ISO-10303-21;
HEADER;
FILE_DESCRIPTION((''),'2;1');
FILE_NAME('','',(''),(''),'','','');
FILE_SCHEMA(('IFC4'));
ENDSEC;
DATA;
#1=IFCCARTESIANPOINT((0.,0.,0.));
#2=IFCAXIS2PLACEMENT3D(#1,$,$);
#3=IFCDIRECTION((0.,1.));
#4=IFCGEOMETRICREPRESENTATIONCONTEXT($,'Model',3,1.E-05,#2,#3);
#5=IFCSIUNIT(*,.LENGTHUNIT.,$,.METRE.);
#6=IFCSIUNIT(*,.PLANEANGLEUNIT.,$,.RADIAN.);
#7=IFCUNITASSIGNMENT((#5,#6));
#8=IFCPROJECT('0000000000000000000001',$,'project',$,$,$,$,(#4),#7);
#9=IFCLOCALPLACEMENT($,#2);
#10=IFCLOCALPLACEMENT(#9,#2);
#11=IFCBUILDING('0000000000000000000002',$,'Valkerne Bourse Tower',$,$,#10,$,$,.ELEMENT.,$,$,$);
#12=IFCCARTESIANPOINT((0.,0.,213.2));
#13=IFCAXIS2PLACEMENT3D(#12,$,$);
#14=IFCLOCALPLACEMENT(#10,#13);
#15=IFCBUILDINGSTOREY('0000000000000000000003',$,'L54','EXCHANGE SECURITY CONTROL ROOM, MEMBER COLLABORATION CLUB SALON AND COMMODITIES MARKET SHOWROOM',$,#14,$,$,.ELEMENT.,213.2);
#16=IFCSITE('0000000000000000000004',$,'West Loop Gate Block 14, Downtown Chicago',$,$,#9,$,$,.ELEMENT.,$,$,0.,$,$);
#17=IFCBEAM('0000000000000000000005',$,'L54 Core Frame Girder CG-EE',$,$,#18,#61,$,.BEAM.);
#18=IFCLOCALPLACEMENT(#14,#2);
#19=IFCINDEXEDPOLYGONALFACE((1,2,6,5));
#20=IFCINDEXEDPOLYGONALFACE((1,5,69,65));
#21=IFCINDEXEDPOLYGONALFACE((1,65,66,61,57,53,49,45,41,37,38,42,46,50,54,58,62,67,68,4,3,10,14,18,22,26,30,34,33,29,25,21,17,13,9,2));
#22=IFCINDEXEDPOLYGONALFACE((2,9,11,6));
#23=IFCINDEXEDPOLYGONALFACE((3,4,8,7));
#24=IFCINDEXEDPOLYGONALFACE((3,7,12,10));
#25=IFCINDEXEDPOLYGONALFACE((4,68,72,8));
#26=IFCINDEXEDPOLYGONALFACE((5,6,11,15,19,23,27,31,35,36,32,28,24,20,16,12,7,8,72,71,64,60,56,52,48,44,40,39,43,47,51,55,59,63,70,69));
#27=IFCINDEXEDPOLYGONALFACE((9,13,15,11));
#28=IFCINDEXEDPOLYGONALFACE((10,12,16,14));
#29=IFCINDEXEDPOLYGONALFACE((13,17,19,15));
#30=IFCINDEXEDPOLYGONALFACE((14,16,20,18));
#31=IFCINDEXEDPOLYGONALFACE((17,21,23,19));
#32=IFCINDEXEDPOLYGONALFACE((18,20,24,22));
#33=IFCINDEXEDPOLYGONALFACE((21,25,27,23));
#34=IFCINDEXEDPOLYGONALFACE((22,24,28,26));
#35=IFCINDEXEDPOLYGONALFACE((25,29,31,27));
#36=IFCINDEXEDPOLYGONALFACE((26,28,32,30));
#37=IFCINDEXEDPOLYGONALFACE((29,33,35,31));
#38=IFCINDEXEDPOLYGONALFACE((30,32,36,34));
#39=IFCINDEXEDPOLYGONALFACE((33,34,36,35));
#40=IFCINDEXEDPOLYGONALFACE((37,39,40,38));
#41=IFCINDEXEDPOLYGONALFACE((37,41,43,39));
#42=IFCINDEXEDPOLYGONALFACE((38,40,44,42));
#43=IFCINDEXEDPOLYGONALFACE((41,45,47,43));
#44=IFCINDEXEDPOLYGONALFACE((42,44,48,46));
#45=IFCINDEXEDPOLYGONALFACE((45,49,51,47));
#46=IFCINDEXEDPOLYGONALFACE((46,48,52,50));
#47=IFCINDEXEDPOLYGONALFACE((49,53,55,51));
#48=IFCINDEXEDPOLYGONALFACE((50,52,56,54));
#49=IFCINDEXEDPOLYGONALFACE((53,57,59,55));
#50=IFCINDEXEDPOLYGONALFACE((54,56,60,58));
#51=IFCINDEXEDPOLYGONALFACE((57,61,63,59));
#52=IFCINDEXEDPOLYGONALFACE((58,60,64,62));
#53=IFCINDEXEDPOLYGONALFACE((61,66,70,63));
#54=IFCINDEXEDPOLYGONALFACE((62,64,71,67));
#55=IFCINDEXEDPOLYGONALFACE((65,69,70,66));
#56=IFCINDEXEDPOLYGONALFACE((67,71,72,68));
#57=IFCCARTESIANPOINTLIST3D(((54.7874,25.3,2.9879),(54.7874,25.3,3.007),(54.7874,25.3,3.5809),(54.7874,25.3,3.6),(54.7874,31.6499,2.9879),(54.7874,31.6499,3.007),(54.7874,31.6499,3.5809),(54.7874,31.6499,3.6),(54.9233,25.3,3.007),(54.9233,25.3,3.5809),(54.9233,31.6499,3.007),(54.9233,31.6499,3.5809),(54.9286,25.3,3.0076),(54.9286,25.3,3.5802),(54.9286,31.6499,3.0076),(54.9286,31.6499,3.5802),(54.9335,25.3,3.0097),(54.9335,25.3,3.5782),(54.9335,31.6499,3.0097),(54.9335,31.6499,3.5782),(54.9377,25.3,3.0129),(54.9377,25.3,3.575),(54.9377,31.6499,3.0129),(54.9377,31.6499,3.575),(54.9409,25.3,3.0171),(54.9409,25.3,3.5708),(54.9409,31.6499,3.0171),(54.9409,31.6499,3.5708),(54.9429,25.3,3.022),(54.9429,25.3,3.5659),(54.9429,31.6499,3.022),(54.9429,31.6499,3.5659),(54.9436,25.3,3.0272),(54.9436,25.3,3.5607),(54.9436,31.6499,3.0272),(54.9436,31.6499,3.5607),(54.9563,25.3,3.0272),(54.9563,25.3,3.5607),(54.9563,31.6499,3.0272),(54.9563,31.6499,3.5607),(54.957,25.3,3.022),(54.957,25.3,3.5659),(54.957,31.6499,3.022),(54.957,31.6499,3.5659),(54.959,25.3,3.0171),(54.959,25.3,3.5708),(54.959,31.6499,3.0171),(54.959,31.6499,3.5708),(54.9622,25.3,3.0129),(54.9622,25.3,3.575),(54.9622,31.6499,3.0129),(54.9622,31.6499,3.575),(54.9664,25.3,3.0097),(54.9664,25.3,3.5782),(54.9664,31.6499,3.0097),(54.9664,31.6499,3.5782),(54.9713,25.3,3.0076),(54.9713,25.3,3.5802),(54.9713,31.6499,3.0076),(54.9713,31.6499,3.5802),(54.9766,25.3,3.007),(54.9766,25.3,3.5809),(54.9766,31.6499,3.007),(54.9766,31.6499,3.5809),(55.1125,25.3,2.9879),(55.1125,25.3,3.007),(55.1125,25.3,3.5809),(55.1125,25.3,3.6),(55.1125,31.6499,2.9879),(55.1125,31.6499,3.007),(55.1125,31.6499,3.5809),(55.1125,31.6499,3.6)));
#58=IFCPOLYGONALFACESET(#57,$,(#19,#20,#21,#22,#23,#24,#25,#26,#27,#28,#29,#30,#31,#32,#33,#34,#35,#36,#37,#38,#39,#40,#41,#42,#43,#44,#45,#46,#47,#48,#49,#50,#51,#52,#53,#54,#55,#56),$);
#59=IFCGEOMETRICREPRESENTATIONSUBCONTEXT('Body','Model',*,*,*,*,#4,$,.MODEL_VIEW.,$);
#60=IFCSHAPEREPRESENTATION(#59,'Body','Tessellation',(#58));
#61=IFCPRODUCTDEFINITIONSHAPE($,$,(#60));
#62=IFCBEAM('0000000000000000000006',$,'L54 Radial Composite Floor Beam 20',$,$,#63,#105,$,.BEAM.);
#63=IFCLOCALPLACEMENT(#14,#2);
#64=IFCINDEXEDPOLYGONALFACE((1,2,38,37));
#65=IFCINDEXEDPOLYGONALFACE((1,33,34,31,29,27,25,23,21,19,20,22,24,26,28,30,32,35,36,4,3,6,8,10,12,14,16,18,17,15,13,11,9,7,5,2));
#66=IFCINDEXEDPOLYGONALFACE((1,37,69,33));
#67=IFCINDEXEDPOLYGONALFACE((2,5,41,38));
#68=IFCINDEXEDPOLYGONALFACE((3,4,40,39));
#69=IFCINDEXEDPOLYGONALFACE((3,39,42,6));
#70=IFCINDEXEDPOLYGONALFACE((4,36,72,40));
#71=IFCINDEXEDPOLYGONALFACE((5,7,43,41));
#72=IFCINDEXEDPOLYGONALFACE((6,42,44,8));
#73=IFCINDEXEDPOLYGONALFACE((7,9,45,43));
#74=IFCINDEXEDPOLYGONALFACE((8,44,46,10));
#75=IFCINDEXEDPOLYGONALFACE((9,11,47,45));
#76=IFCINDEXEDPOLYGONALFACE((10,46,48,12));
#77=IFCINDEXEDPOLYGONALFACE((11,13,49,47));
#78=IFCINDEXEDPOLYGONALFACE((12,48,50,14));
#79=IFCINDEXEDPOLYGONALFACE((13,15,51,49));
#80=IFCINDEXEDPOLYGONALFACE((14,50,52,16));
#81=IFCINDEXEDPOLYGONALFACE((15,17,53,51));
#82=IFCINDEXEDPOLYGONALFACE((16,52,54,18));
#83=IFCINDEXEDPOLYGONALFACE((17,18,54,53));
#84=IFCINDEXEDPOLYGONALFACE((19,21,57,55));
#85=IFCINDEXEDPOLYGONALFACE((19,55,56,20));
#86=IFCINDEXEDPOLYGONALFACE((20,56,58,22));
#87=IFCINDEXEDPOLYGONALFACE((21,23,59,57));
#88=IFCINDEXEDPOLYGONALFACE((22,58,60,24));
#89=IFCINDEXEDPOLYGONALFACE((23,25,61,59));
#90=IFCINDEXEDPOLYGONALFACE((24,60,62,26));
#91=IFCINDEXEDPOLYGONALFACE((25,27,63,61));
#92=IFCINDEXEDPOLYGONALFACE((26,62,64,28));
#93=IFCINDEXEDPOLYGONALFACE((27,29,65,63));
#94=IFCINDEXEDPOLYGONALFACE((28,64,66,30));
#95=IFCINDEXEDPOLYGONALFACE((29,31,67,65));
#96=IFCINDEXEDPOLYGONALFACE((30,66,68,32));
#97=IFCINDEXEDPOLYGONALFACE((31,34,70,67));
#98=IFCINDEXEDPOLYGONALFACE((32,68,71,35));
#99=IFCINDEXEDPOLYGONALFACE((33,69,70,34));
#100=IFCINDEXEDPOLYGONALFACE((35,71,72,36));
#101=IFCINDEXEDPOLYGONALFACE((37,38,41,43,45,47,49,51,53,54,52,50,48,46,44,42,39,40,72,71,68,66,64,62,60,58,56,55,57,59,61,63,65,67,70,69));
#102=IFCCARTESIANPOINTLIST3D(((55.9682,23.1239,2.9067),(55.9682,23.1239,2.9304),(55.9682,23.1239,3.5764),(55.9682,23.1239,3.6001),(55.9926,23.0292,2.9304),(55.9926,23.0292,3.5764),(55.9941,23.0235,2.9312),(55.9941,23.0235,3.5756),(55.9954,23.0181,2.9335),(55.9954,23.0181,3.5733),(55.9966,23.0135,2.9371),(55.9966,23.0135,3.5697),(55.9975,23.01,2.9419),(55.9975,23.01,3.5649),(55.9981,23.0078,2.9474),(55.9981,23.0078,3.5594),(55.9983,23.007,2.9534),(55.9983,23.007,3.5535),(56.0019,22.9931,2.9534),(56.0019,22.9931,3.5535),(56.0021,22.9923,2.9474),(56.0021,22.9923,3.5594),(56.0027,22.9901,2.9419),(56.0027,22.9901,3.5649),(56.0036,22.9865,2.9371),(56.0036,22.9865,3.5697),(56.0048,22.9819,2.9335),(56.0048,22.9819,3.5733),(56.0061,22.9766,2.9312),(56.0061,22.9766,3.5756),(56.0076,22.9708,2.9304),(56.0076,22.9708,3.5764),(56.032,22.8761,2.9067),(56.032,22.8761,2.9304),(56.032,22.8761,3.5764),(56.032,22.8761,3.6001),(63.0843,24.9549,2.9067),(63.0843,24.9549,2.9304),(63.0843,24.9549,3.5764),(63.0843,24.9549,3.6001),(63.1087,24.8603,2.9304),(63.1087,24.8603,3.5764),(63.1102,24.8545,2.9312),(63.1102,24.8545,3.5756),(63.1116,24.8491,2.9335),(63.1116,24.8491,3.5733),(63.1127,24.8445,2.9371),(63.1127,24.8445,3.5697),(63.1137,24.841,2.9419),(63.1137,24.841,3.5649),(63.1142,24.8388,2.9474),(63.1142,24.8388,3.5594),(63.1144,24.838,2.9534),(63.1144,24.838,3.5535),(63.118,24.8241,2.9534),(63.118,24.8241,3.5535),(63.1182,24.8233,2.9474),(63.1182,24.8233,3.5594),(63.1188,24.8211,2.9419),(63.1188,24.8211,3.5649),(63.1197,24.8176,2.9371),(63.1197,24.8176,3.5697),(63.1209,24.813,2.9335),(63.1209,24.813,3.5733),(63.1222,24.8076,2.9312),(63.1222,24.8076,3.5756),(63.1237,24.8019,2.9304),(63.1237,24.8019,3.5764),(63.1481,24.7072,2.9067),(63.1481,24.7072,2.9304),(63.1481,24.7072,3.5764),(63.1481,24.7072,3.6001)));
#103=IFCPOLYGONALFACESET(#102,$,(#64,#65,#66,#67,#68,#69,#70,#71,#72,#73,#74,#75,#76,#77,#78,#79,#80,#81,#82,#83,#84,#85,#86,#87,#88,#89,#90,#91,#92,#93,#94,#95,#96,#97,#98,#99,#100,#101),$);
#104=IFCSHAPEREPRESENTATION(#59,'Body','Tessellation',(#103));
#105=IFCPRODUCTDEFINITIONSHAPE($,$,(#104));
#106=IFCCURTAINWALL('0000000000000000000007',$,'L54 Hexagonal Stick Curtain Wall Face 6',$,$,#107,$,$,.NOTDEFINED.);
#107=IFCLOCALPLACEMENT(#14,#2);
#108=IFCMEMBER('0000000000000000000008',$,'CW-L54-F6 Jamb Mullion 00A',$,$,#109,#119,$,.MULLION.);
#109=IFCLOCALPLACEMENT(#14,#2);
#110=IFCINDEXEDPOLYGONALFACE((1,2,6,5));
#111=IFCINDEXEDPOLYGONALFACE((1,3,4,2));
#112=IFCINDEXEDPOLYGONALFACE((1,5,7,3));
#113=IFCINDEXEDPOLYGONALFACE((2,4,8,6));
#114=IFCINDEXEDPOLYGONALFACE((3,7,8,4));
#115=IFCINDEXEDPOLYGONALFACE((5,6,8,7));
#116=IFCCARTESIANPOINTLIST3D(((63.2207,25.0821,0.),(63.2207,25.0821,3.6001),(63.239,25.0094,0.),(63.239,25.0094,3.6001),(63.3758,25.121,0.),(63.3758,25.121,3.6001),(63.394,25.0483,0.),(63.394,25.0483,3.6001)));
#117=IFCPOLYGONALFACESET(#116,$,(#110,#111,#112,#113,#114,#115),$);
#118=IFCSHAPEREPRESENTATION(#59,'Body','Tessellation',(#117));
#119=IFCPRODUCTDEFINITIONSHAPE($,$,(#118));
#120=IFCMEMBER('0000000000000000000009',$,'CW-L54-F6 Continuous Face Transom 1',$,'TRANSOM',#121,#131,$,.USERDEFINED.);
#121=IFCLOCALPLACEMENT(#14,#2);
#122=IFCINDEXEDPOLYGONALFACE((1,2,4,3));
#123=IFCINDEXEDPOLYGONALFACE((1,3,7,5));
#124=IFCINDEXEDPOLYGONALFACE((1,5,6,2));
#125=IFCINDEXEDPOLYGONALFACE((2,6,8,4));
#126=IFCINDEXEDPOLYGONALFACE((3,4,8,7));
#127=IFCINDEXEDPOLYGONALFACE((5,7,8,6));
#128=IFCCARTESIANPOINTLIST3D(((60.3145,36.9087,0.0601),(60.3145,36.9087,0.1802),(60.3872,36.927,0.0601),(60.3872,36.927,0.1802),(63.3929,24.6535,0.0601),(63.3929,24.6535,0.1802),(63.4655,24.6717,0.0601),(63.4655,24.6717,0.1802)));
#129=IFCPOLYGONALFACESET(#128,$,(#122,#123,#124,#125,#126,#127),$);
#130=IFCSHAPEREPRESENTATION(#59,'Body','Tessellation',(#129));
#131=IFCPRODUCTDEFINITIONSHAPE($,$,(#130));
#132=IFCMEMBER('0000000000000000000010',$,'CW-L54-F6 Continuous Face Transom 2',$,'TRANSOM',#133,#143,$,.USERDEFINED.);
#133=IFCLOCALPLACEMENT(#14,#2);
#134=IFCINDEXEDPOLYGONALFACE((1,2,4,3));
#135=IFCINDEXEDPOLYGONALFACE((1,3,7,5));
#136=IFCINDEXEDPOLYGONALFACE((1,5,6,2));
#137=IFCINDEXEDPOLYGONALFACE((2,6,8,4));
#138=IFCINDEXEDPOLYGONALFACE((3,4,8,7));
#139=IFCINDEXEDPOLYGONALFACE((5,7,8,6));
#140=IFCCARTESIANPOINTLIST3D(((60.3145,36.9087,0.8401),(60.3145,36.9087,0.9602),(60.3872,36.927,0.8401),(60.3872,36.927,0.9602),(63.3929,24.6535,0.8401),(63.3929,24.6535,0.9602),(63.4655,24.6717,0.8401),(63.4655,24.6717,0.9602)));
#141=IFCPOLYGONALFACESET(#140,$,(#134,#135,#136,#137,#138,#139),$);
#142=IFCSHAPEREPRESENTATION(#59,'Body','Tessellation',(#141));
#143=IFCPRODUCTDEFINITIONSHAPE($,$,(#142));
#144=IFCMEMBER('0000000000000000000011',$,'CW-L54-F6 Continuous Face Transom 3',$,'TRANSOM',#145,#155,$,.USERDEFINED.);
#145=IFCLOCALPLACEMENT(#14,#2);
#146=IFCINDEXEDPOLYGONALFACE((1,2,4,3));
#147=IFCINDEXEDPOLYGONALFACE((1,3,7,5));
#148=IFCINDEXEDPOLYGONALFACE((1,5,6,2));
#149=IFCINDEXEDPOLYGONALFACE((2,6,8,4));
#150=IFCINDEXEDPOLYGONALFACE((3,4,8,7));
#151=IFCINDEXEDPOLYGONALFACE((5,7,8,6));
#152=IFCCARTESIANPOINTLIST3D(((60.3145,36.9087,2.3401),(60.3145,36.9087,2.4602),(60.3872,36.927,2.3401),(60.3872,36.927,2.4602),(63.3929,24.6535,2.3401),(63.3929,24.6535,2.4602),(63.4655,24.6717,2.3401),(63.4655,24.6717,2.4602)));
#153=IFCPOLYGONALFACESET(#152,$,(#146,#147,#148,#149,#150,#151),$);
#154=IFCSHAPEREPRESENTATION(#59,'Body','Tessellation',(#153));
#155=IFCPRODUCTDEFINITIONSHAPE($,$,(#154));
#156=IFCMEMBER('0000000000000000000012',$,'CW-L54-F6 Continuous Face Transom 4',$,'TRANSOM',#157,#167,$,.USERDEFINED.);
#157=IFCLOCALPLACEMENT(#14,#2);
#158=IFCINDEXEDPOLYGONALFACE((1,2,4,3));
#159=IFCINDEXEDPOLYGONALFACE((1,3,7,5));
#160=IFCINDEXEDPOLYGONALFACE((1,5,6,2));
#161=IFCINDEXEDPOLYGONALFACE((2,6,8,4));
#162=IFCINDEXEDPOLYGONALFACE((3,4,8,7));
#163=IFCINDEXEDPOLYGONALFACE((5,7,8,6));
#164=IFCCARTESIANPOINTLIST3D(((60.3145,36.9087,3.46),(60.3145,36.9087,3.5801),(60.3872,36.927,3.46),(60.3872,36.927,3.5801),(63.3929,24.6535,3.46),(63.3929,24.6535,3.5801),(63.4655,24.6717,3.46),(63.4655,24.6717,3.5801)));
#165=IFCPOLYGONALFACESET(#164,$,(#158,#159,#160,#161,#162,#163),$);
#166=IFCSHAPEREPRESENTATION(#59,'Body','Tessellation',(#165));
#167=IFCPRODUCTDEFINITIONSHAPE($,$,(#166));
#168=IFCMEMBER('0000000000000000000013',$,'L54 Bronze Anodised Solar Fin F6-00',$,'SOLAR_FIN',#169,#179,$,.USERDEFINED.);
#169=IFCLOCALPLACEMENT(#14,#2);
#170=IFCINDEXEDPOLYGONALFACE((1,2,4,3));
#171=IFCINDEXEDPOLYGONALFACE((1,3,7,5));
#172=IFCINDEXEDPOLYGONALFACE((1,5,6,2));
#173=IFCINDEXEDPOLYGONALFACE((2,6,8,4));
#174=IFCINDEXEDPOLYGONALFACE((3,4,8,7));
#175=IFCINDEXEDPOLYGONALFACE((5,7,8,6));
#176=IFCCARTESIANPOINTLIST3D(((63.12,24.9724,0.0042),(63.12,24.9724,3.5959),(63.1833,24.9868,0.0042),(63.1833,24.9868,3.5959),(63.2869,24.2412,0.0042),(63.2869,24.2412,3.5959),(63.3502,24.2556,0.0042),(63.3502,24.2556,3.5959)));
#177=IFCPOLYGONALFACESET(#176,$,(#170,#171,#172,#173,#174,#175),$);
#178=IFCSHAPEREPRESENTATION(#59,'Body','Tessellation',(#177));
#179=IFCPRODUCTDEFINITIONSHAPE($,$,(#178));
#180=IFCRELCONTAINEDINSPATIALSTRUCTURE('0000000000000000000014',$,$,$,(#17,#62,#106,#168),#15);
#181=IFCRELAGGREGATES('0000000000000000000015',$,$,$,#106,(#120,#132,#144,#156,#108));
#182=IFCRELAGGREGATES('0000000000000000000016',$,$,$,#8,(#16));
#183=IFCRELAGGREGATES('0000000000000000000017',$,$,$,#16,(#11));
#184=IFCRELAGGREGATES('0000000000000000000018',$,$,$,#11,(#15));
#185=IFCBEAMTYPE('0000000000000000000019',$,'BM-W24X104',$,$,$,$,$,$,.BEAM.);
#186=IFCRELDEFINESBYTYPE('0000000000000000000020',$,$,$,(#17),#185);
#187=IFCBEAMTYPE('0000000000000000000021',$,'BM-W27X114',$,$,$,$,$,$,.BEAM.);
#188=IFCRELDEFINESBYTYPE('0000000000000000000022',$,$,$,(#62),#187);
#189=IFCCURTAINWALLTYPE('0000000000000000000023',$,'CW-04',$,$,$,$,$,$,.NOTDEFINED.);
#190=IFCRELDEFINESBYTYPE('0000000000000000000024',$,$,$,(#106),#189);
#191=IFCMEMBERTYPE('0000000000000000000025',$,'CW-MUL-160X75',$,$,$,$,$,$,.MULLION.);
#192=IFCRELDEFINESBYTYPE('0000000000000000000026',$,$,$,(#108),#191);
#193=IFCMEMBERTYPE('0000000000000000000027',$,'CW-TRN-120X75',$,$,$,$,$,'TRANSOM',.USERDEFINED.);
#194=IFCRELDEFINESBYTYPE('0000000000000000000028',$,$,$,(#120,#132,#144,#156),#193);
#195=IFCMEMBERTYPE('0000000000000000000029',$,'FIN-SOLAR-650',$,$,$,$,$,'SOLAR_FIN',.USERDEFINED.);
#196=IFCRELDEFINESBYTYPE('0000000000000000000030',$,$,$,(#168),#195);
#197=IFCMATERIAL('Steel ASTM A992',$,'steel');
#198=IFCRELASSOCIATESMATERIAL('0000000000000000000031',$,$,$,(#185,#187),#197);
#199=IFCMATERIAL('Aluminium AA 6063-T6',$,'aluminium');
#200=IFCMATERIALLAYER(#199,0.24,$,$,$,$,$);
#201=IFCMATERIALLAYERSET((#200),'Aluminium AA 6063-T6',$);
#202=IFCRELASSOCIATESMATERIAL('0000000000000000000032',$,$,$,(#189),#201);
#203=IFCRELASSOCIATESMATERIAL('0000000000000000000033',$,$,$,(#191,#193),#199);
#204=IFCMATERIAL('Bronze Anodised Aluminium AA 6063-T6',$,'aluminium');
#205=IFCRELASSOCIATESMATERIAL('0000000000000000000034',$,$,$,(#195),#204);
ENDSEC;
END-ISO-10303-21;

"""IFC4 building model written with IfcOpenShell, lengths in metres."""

from ifc_helpers import new_model, si_unit, direction, frame, origin, origin_2d, place, context, subcontext, project, spatial, rectangle, i_section, extrude, material, layer, layer_set, material_profile, profile_set, type_object, element, aggregate, save


model = new_model("IFC4")

# Units and contexts
model_context = context("Model", 3, precision=1e-05, world=origin(), true_north=direction((0.0, 1.0)))
body_context = subcontext(model_context, "Body", "Model", "MODEL_VIEW")
ifc_project = project(units=[si_unit("LENGTHUNIT", "METRE"), si_unit("PLANEANGLEUNIT", "RADIAN")], contexts=[model_context])

# Site, building, storey
site_placement = place(None, origin())
site = spatial("IfcSite", under=ifc_project, at=site_placement, Name="West Loop Gate Block 14, Downtown Chicago", CompositionType="ELEMENT", RefElevation=0.0)
building_placement = place(site_placement, origin())
building = spatial("IfcBuilding", under=site, at=building_placement, Name="Valkerne Bourse Tower", CompositionType="ELEMENT")
storey_placement = place(building_placement, frame((0.0, 0.0, 213.2)))
storey = spatial("IfcBuildingStorey", under=building, at=storey_placement, Name="L54", Description="EXCHANGE SECURITY CONTROL ROOM, MEMBER COLLABORATION CLUB SALON AND COMMODITIES MARKET SHOWROOM", CompositionType="ELEMENT", Elevation=213.2)

# Beams
ifc_material_1 = material(Name="Steel ASTM A992", Category="steel")
ifc_material_profile_1 = material_profile(ifc_material_1, i_section(OverallWidth=0.3252, OverallDepth=0.6121, WebThickness=0.0127, FlangeThickness=0.019, FilletRadius=0.0203, at=origin_2d()), Name="W24X104")
ifc_profile_set_1 = profile_set([ifc_material_profile_1], Name="Steel ASTM A992")
beam_type_1 = type_object("IfcBeamType", Name="BM-W24X104", PredefinedType="BEAM", material=ifc_profile_set_1)
beam_1_placement = place(storey_placement, frame((54.95, 25.3, 3.2939), z_axis=(0.0, 1.0, 0.0), x_axis=(-1.0, 0.0, 0.0)))
element("IfcBeam", 1, at=beam_1_placement, inside=storey, type_object=beam_type_1, Name="L54 Core Frame Girder CG-EE", PredefinedType="BEAM", context=body_context, shape_type="SweptSolid", body=[
    extrude(i_section(OverallWidth=0.3252, OverallDepth=0.6121, WebThickness=0.0127, FlangeThickness=0.019, FilletRadius=0.0203, at=origin_2d()), origin(), (0.0, 0.0, 1.0), 6.3499),
])
ifc_material_profile_2 = material_profile(ifc_material_1, i_section(OverallWidth=0.2559, OverallDepth=0.6934, WebThickness=0.0144, FlangeThickness=0.0237, FilletRadius=0.0229, at=origin_2d()), Name="W27X114")
ifc_profile_set_2 = profile_set([ifc_material_profile_2], Name="Steel ASTM A992")
beam_type_2 = type_object("IfcBeamType", Name="BM-W27X114", PredefinedType="BEAM", material=ifc_profile_set_2)
beam_2_placement = place(storey_placement, frame((63.1162, 24.8311, 3.2534), z_axis=(-0.968454, -0.249191, 0.0), x_axis=(0.249191, -0.968454, 0.0)))
element("IfcBeam", 2, at=beam_2_placement, inside=storey, type_object=beam_type_2, Name="L54 Radial Composite Floor Beam 20", PredefinedType="BEAM", context=body_context, shape_type="SweptSolid", body=[
    extrude(i_section(OverallWidth=0.2559, OverallDepth=0.6934, WebThickness=0.0144, FlangeThickness=0.0237, FilletRadius=0.0229, at=origin_2d()), origin(), (0.0, 0.0, 1.0), 7.3479),
])

# Curtain wall, members
ifc_material_2 = material(Name="Aluminium AA 6063-T6", Category="aluminium")
ifc_layer_1 = layer(ifc_material_2, 0.24)
ifc_layer_set_1 = layer_set([ifc_layer_1], Name="Aluminium AA 6063-T6")
curtain_wall_type = type_object("IfcCurtainWallType", Name="CW-04", PredefinedType="NOTDEFINED", material=ifc_layer_set_1)
curtain_wall_placement = place(storey_placement, origin())
curtain_wall = element("IfcCurtainWall", 3, at=curtain_wall_placement, inside=storey, type_object=curtain_wall_type, Name="L54 Hexagonal Stick Curtain Wall Face 6", PredefinedType="NOTDEFINED")
ifc_material_profile_3 = material_profile(ifc_material_2, rectangle(XDim=0.075, YDim=0.1599, at=origin_2d()), Name="CWM-75X160")
ifc_profile_set_3 = profile_set([ifc_material_profile_3], Name="Aluminium AA 6063-T6")
member_type_1 = type_object("IfcMemberType", Name="CW-MUL-160X75", PredefinedType="MULLION", material=ifc_profile_set_3)
member_1_placement = place(storey_placement, frame((63.3074, 25.0652, 0.0), z_axis=(0.0, 0.0, 1.0), x_axis=(-0.243614, 0.969872, 0.0)))
member_1 = element("IfcMember", 4, at=member_1_placement, type_object=member_type_1, Name="CW-L54-F6 Jamb Mullion 00A", PredefinedType="MULLION", context=body_context, shape_type="SweptSolid", body=[
    extrude(rectangle(XDim=0.075, YDim=0.1599, at=origin_2d()), origin(), (0.0, 0.0, 1.0), 3.6001),
])
ifc_material_profile_4 = material_profile(ifc_material_2, rectangle(XDim=0.075, YDim=0.1201, at=origin_2d()), Name="CWT-75X120")
ifc_profile_set_4 = profile_set([ifc_material_profile_4], Name="Aluminium AA 6063-T6")
member_type_2 = type_object("IfcMemberType", Name="CW-TRN-120X75", ElementType="TRANSOM", PredefinedType="USERDEFINED", material=ifc_profile_set_4)
member_2_placement = place(storey_placement, frame((63.4292, 24.6626, 0.1201), z_axis=(-0.243617, 0.969871, 0.0), x_axis=(-0.969871, -0.243617, 0.0)))
member_2 = element("IfcMember", 5, at=member_2_placement, type_object=member_type_2, Name="CW-L54-F6 Continuous Face Transom 1", ObjectType="TRANSOM", PredefinedType="USERDEFINED", context=body_context, shape_type="SweptSolid", body=[
    extrude(rectangle(XDim=0.075, YDim=0.1201, at=origin_2d()), origin(), (0.0, 0.0, 1.0), 12.636),
])
member_3_placement = place(storey_placement, frame((63.4292, 24.6626, 0.9001), z_axis=(-0.243617, 0.969871, 0.0), x_axis=(-0.969871, -0.243617, 0.0)))
member_3 = element("IfcMember", 6, at=member_3_placement, type_object=member_type_2, Name="CW-L54-F6 Continuous Face Transom 2", ObjectType="TRANSOM", PredefinedType="USERDEFINED", context=body_context, shape_type="SweptSolid", body=[
    extrude(rectangle(XDim=0.075, YDim=0.1201, at=origin_2d()), origin(), (0.0, 0.0, 1.0), 12.636),
])
member_4_placement = place(storey_placement, frame((63.4292, 24.6626, 2.4001), z_axis=(-0.243617, 0.969871, 0.0), x_axis=(-0.969871, -0.243617, 0.0)))
member_4 = element("IfcMember", 7, at=member_4_placement, type_object=member_type_2, Name="CW-L54-F6 Continuous Face Transom 3", ObjectType="TRANSOM", PredefinedType="USERDEFINED", context=body_context, shape_type="SweptSolid", body=[
    extrude(rectangle(XDim=0.075, YDim=0.1201, at=origin_2d()), origin(), (0.0, 0.0, 1.0), 12.636),
])
member_5_placement = place(storey_placement, frame((63.4292, 24.6626, 3.52), z_axis=(-0.243617, 0.969871, 0.0), x_axis=(-0.969871, -0.243617, 0.0)))
member_5 = element("IfcMember", 8, at=member_5_placement, type_object=member_type_2, Name="CW-L54-F6 Continuous Face Transom 4", ObjectType="TRANSOM", PredefinedType="USERDEFINED", context=body_context, shape_type="SweptSolid", body=[
    extrude(rectangle(XDim=0.075, YDim=0.1201, at=origin_2d()), origin(), (0.0, 0.0, 1.0), 12.636),
])
aggregate(curtain_wall, [member_2, member_3, member_4, member_5, member_1])

# Member
ifc_material_3 = material(Name="Bronze Anodised Aluminium AA 6063-T6", Category="aluminium")
ifc_material_profile_5 = material_profile(ifc_material_3, rectangle(XDim=0.0649, YDim=0.75, at=origin_2d()), Name="FIN-65X750")
ifc_profile_set_5 = profile_set([ifc_material_profile_5], Name="Bronze Anodised Aluminium AA 6063-T6")
member_type_3 = type_object("IfcMemberType", Name="FIN-SOLAR-650", ElementType="SOLAR_FIN", PredefinedType="USERDEFINED", material=ifc_profile_set_5)
member_6_placement = place(storey_placement, frame((63.2351, 24.614, 0.0042), z_axis=(0.0, 0.0, 1.0), x_axis=(0.974935, 0.222492, 0.0)))
element("IfcMember", 9, at=member_6_placement, inside=storey, type_object=member_type_3, Name="L54 Bronze Anodised Solar Fin F6-00", ObjectType="SOLAR_FIN", PredefinedType="USERDEFINED", context=body_context, shape_type="SweptSolid", body=[
    extrude(rectangle(XDim=0.0649, YDim=0.75, at=origin_2d()), origin(), (0.0, 0.0, 1.0), 3.5918),
])

save(model, "model.ifc")
